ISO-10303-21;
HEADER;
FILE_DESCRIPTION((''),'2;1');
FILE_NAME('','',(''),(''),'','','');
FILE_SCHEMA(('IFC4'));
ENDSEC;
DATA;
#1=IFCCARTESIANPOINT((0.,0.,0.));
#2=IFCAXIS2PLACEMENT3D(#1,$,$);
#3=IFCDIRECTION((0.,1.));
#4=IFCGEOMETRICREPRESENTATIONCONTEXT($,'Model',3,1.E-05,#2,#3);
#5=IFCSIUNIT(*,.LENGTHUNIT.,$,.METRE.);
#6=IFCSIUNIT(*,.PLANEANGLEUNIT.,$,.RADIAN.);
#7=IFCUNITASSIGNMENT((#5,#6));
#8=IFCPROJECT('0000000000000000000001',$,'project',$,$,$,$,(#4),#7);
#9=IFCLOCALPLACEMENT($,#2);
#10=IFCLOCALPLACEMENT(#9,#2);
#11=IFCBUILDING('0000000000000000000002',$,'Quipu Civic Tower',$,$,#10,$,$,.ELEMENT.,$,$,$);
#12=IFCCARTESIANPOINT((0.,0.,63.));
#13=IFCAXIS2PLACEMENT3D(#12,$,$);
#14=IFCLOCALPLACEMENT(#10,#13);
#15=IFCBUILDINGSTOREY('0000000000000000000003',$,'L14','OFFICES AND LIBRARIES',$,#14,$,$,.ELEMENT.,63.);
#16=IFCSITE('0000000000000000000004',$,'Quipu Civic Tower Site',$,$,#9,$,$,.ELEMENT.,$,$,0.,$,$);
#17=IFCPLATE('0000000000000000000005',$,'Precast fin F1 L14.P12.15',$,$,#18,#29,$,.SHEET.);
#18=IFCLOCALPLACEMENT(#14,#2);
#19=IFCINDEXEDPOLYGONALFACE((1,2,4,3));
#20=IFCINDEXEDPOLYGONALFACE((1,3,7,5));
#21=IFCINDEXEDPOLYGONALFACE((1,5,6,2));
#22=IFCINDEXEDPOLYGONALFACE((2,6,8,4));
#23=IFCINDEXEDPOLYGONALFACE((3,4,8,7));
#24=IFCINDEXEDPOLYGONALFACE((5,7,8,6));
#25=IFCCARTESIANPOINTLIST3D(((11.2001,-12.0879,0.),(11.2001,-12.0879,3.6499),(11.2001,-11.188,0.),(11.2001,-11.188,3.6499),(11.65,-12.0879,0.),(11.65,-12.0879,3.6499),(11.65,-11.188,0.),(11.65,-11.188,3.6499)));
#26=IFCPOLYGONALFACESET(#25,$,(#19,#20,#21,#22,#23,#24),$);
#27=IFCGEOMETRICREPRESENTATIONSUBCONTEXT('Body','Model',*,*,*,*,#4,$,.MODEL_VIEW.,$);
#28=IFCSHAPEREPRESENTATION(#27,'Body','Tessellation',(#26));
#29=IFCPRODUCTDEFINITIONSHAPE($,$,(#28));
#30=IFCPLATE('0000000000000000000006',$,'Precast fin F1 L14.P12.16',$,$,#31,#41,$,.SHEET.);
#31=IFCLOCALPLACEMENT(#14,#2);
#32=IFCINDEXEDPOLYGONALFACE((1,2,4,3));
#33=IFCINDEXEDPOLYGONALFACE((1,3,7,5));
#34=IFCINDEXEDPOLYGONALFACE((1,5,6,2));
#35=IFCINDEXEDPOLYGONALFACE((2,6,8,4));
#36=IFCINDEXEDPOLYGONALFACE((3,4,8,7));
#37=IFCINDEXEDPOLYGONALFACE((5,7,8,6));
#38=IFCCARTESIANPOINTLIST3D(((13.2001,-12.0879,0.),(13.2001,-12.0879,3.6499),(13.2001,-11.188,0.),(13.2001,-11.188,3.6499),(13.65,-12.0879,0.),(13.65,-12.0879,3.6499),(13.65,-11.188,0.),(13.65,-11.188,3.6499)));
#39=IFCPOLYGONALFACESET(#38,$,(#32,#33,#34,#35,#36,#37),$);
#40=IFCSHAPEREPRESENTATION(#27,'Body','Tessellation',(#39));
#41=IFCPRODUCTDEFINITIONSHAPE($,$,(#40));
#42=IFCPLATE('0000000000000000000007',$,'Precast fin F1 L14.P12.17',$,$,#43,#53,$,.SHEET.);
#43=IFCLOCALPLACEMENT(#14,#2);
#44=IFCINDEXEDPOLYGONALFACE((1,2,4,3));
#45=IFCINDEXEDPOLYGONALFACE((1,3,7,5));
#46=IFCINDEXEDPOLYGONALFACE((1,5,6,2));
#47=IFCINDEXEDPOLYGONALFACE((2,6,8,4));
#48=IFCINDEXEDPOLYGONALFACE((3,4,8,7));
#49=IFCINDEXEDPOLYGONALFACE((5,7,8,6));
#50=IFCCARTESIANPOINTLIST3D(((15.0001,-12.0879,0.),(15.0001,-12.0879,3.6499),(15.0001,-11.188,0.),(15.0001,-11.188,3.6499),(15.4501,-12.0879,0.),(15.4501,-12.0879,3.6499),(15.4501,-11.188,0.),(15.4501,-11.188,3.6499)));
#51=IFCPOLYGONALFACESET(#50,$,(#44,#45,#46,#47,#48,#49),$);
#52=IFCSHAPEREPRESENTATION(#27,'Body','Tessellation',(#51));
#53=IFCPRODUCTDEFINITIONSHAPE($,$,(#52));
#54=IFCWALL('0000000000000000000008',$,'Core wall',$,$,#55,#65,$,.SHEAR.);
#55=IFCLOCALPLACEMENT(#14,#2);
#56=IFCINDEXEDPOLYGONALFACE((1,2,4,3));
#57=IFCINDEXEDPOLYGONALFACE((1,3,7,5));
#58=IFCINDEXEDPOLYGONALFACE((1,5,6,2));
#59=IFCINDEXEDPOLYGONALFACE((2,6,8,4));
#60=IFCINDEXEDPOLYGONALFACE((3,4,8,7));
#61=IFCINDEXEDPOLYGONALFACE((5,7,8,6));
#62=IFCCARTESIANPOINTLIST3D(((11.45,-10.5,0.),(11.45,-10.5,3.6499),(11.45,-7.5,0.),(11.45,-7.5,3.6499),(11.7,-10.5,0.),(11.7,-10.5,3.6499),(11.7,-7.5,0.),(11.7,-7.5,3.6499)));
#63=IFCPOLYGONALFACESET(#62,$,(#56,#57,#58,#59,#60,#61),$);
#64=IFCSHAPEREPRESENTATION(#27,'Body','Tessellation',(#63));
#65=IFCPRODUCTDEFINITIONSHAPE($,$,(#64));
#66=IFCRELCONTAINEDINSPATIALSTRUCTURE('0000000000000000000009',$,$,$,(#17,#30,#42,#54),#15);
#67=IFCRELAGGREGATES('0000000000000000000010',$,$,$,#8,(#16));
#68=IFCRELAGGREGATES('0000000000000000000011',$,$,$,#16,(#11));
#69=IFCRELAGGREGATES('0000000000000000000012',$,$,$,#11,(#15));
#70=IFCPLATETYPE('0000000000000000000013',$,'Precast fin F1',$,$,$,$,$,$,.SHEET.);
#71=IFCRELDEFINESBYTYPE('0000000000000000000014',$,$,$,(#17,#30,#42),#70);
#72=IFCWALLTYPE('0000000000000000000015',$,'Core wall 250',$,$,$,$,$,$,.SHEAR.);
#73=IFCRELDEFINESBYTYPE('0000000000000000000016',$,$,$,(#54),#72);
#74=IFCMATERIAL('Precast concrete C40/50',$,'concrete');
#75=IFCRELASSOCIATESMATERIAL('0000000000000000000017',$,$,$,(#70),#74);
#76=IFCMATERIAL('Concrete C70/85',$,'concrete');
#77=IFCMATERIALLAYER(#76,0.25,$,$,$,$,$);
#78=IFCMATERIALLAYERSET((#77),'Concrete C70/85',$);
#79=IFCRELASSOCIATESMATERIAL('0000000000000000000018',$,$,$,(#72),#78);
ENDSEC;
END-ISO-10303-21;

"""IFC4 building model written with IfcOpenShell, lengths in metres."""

from ifc_helpers import new_model, si_unit, direction, frame, frame_2d, origin, origin_2d, place, context, subcontext, project, spatial, rectangle, extrude, material, layer, layer_set, type_object, element, save


model = new_model("IFC4")

# Units and contexts
model_context = context("Model", 3, precision=1e-05, world=origin(), true_north=direction((0.0, 1.0)))
body_context = subcontext(model_context, "Body", "Model", "MODEL_VIEW")
ifc_project = project(units=[si_unit("LENGTHUNIT", "METRE"), si_unit("PLANEANGLEUNIT", "RADIAN")], contexts=[model_context])

# Site, building, storey
site_placement = place(None, origin())
site = spatial("IfcSite", under=ifc_project, at=site_placement, Name="Quipu Civic Tower Site", CompositionType="ELEMENT", RefElevation=0.0)
building_placement = place(site_placement, origin())
building = spatial("IfcBuilding", under=site, at=building_placement, Name="Quipu Civic Tower", CompositionType="ELEMENT")
storey_placement = place(building_placement, frame((0.0, 0.0, 63.0)))
storey = spatial("IfcBuildingStorey", under=building, at=storey_placement, Name="L14", Description="OFFICES AND LIBRARIES", CompositionType="ELEMENT", Elevation=63.0)

# Plates
ifc_material_1 = material(Name="Precast concrete C40/50", Category="concrete")
plate_type = type_object("IfcPlateType", Name="Precast fin F1", PredefinedType="SHEET", material=ifc_material_1)
for number, where, z_axis, x_axis, name in (
    (1, (11.425, -11.6379, 0.0), (0.0, 0.0, 1.0), (1.0, 0.0, 0.0), "Precast fin F1 L14.P12.15"),
    (2, (13.425, -11.6379, 0.0), (0.0, 0.0, 1.0), (1.0, 0.0, 0.0), "Precast fin F1 L14.P12.16"),
    (3, (15.2251, -11.6379, 0.0), (0.0, 0.0, 1.0), (1.0, 0.0, 0.0), "Precast fin F1 L14.P12.17"),
):
    element("IfcPlate", number, at=place(storey_placement, frame(where, z_axis=z_axis, x_axis=x_axis)), inside=storey, type_object=plate_type, Name=name, PredefinedType="SHEET", context=body_context, shape_type="SweptSolid", body=[
        extrude(rectangle(XDim=0.45, YDim=0.8999, at=origin_2d()), origin(), (0.0, 0.0, 1.0), 3.6499),
    ])

# Wall
ifc_material_2 = material(Name="Concrete C70/85", Category="concrete")
ifc_layer_1 = layer(ifc_material_2, 0.25)
ifc_layer_set_1 = layer_set([ifc_layer_1], Name="Concrete C70/85")
wall_type_1 = type_object("IfcWallType", Name="Core wall 250", PredefinedType="SHEAR", material=ifc_layer_set_1)
wall_1_placement = place(storey_placement, frame((11.575, -10.5, 0.0), z_axis=(0.0, 0.0, 1.0), x_axis=(0.0, 1.0, 0.0)))
element("IfcWall", 4, at=wall_1_placement, inside=storey, type_object=wall_type_1, Name="Core wall", PredefinedType="SHEAR", context=body_context, shape_type="SweptSolid", body=[
    extrude(rectangle(XDim=3.0, YDim=0.25, at=frame_2d((1.5, 0.0))), origin(), (0.0, 0.0, 1.0), 3.6499),
])

save(model, "model.ifc")
